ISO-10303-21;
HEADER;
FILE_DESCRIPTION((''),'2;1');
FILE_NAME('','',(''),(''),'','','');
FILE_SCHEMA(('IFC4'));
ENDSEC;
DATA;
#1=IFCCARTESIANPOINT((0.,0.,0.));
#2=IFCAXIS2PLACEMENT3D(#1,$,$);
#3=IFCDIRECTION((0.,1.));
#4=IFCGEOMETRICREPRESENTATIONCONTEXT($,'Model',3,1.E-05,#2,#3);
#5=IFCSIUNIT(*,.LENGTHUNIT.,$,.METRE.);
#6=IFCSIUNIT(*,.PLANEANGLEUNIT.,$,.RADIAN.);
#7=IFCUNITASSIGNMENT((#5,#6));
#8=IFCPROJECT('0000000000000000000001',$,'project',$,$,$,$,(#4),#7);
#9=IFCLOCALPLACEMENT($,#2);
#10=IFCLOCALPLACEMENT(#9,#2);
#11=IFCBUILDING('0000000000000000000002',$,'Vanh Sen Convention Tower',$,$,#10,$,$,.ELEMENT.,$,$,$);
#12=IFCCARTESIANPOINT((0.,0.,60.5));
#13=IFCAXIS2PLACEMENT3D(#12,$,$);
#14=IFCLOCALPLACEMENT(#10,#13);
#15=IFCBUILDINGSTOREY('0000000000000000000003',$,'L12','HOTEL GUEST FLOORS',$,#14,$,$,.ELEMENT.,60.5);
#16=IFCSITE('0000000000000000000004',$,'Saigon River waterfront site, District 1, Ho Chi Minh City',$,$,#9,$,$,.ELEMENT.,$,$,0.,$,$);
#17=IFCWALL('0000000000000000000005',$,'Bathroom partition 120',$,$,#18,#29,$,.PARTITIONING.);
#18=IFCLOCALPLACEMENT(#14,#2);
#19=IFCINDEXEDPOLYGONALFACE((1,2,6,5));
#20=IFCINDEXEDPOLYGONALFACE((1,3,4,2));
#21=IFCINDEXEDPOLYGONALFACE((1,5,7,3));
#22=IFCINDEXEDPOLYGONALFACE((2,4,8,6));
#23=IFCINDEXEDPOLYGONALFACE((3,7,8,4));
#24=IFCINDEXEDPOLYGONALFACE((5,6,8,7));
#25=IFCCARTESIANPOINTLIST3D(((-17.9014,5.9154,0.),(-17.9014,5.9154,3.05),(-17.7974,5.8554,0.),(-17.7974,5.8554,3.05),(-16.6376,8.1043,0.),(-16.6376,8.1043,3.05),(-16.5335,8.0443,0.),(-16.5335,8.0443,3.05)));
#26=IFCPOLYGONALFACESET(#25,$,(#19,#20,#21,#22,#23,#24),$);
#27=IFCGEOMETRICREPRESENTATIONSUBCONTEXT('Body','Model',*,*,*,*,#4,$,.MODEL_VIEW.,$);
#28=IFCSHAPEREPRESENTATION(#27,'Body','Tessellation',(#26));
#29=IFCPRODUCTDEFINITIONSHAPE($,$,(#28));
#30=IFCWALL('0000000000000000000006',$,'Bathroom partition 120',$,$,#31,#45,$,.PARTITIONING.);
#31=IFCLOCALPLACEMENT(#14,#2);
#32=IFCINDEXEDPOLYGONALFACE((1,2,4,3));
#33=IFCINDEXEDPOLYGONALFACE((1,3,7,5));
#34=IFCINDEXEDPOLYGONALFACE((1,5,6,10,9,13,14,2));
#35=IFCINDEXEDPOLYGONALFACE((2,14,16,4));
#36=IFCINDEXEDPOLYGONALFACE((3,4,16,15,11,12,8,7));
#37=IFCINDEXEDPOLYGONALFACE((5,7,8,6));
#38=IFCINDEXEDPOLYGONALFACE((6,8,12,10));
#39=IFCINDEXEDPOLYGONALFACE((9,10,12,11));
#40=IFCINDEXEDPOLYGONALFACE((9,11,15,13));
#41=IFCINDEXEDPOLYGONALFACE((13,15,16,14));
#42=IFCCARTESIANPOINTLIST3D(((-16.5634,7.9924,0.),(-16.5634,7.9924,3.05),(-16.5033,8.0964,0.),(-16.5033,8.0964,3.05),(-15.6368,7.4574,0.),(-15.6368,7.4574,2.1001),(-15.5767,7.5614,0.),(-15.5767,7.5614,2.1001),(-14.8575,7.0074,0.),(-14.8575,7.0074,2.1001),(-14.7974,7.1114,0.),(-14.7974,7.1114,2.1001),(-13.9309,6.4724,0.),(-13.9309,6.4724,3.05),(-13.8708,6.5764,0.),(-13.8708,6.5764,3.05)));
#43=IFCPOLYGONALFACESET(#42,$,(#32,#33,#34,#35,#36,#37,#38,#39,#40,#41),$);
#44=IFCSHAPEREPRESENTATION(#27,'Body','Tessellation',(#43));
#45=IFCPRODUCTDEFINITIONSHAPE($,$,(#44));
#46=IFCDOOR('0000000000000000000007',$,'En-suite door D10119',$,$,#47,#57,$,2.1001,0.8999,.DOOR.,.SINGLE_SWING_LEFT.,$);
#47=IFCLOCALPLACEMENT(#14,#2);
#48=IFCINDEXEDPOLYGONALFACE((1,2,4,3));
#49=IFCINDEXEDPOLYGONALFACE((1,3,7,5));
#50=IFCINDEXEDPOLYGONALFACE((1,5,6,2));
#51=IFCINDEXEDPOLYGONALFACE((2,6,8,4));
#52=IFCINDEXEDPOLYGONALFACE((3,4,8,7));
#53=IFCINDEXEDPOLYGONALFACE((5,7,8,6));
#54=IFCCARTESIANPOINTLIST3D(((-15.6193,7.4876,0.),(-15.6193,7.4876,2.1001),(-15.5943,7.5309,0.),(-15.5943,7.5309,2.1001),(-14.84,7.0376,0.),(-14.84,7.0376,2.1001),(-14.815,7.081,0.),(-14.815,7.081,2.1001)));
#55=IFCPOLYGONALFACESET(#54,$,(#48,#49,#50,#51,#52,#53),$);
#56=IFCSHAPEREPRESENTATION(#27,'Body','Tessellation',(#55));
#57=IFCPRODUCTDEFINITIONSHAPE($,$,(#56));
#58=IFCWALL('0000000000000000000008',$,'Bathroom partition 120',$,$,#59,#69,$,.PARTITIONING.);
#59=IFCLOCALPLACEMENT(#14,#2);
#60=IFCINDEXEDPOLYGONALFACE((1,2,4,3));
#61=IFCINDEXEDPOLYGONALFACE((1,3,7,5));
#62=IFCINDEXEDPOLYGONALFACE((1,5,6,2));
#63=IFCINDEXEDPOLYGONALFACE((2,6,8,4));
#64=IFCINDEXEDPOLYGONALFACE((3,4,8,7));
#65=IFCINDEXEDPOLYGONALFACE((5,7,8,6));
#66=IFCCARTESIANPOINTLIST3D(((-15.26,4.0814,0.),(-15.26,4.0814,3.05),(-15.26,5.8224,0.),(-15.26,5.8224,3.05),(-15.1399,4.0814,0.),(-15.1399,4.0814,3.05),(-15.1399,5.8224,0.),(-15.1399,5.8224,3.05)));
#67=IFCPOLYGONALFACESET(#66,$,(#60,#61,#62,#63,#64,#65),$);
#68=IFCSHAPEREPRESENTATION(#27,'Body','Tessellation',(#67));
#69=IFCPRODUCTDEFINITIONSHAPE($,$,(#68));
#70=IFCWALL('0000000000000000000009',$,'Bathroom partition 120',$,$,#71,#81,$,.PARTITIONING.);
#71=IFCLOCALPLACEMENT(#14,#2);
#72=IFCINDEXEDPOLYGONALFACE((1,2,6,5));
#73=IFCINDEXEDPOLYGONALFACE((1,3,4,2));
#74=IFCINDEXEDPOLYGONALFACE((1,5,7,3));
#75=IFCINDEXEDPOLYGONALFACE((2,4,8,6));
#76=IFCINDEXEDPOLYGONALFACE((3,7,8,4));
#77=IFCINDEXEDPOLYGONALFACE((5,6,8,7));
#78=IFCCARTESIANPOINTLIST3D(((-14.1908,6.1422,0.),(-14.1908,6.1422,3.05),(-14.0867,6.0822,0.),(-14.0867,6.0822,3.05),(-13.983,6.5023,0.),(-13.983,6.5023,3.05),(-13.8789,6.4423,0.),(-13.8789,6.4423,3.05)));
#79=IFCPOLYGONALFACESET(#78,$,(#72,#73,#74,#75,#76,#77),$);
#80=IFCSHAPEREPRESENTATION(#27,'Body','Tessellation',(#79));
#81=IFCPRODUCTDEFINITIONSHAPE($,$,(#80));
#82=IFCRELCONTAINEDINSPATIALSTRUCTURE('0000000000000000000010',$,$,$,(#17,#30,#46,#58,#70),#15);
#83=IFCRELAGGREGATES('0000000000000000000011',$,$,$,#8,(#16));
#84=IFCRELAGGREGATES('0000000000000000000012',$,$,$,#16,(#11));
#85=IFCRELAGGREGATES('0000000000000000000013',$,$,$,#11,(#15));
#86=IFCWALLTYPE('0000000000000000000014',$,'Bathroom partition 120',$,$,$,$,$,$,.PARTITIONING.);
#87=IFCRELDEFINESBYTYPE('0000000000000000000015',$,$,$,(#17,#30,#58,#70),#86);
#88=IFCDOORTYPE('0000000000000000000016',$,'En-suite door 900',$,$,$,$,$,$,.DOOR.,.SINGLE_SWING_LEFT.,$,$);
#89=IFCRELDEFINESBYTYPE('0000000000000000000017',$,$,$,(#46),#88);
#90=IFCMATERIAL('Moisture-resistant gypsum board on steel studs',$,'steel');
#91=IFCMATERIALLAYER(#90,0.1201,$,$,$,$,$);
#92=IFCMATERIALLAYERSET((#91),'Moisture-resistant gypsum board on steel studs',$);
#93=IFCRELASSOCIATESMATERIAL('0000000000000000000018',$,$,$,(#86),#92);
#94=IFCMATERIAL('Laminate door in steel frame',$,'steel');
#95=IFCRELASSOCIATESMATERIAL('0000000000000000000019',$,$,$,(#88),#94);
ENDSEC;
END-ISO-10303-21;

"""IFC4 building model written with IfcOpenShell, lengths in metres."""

from ifc_helpers import new_model, si_unit, direction, frame, frame_2d, origin, place, context, subcontext, project, spatial, rectangle, extrude, material, layer, layer_set, type_object, element, fill, save


model = new_model("IFC4")

# Units and contexts
model_context = context("Model", 3, precision=1e-05, world=origin(), true_north=direction((0.0, 1.0)))
body_context = subcontext(model_context, "Body", "Model", "MODEL_VIEW")
ifc_project = project(units=[si_unit("LENGTHUNIT", "METRE"), si_unit("PLANEANGLEUNIT", "RADIAN")], contexts=[model_context])

# Site, building, storey
site_placement = place(None, origin())
site = spatial("IfcSite", under=ifc_project, at=site_placement, Name="Saigon River waterfront site, District 1, Ho Chi Minh City", CompositionType="ELEMENT", RefElevation=0.0)
building_placement = place(site_placement, origin())
building = spatial("IfcBuilding", under=site, at=building_placement, Name="Vanh Sen Convention Tower", CompositionType="ELEMENT")
storey_placement = place(building_placement, frame((0.0, 0.0, 60.5)))
storey = spatial("IfcBuildingStorey", under=building, at=storey_placement, Name="L12", Description="HOTEL GUEST FLOORS", CompositionType="ELEMENT", Elevation=60.5)

# Wall
ifc_material_1 = material(Name="Moisture-resistant gypsum board on steel studs", Category="steel")
ifc_layer_1 = layer(ifc_material_1, 0.1201)
ifc_layer_set_1 = layer_set([ifc_layer_1], Name="Moisture-resistant gypsum board on steel studs")
wall_type_1 = type_object("IfcWallType", Name="Bathroom partition 120", PredefinedType="PARTITIONING", material=ifc_layer_set_1)
wall_1_placement = place(storey_placement, frame((-17.8494, 5.8855, 0.0), z_axis=(0.0, 0.0, 1.0), x_axis=(0.500035, 0.866005, 0.0)))
element("IfcWall", 1, at=wall_1_placement, inside=storey, type_object=wall_type_1, Name="Bathroom partition 120", PredefinedType="PARTITIONING", context=body_context, shape_type="SweptSolid", body=[
    extrude(rectangle(XDim=2.5276, YDim=0.1201, at=frame_2d((1.2637, 0.0))), origin(), (0.0, 0.0, 1.0), 3.05),
])

# Wall, opening, door
wall_2_placement = place(storey_placement, frame((-16.5334, 8.0444, 0.0), z_axis=(0.0, 0.0, 1.0), x_axis=(0.86601, -0.500026, 0.0)))
wall_2 = element("IfcWall", 2, at=wall_2_placement, inside=storey, type_object=wall_type_1, Name="Bathroom partition 120", PredefinedType="PARTITIONING", context=body_context, shape_type="SweptSolid", body=[
    extrude(rectangle(XDim=3.0398, YDim=0.1201, at=frame_2d((1.52, 0.0))), origin(), (0.0, 0.0, 1.0), 3.05),
])
opening_1_placement = place(wall_2_placement, frame((1.0701, 0.0, 0.0)))
opening_1 = element("IfcOpeningElement", 3, at=opening_1_placement, cuts=wall_2, PredefinedType="OPENING", context=body_context, shape_type="SweptSolid", body=[
    extrude(rectangle(XDim=0.8999, YDim=2.1001, at=frame_2d((0.45, 1.05))), frame((0.0, 0.0701, 0.0), z_axis=(0.0, -1.0, 0.0), x_axis=(1.0, 0.0, 0.0)), (0.0, 0.0, 1.0), 0.1401),
])
ifc_material_2 = material(Name="Laminate door in steel frame", Category="steel")
door_type = type_object("IfcDoorType", Name="En-suite door 900", OperationType="SINGLE_SWING_LEFT", PredefinedType="DOOR", material=ifc_material_2)
door_placement = place(opening_1_placement, origin())
door = element("IfcDoor", 4, at=door_placement, inside=storey, type_object=door_type, Name="En-suite door D10119", OperationType="SINGLE_SWING_LEFT", OverallHeight=2.1001, OverallWidth=0.8999, PredefinedType="DOOR", context=body_context, shape_type="SweptSolid", body=[
    extrude(rectangle(XDim=0.8999, YDim=2.1001, at=frame_2d((0.45, 1.05))), frame((0.0, 0.0249, 0.0), z_axis=(0.0, -1.0, 0.0), x_axis=(1.0, 0.0, 0.0)), (0.0, 0.0, 1.0), 0.05),
])
fill(opening_1, door)

# Walls
wall_3_placement = place(storey_placement, frame((-15.2, 4.0813, 0.0), z_axis=(0.0, 0.0, 1.0), x_axis=(0.0, 1.0, 0.0)))
element("IfcWall", 5, at=wall_3_placement, inside=storey, type_object=wall_type_1, Name="Bathroom partition 120", PredefinedType="PARTITIONING", context=body_context, shape_type="SweptSolid", body=[
    extrude(rectangle(XDim=1.741, YDim=0.1201, at=frame_2d((0.8706, 0.0))), origin(), (0.0, 0.0, 1.0), 3.05),
])
wall_4_placement = place(storey_placement, frame((-13.9309, 6.4724, 0.0), z_axis=(0.0, 0.0, 1.0), x_axis=(-0.499739, -0.866176, 0.0)))
element("IfcWall", 6, at=wall_4_placement, inside=storey, type_object=wall_type_1, Name="Bathroom partition 120", PredefinedType="PARTITIONING", context=body_context, shape_type="SweptSolid", body=[
    extrude(rectangle(XDim=0.4158, YDim=0.1201, at=frame_2d((0.208, 0.0))), origin(), (0.0, 0.0, 1.0), 3.05),
])

save(model, "model.ifc")
